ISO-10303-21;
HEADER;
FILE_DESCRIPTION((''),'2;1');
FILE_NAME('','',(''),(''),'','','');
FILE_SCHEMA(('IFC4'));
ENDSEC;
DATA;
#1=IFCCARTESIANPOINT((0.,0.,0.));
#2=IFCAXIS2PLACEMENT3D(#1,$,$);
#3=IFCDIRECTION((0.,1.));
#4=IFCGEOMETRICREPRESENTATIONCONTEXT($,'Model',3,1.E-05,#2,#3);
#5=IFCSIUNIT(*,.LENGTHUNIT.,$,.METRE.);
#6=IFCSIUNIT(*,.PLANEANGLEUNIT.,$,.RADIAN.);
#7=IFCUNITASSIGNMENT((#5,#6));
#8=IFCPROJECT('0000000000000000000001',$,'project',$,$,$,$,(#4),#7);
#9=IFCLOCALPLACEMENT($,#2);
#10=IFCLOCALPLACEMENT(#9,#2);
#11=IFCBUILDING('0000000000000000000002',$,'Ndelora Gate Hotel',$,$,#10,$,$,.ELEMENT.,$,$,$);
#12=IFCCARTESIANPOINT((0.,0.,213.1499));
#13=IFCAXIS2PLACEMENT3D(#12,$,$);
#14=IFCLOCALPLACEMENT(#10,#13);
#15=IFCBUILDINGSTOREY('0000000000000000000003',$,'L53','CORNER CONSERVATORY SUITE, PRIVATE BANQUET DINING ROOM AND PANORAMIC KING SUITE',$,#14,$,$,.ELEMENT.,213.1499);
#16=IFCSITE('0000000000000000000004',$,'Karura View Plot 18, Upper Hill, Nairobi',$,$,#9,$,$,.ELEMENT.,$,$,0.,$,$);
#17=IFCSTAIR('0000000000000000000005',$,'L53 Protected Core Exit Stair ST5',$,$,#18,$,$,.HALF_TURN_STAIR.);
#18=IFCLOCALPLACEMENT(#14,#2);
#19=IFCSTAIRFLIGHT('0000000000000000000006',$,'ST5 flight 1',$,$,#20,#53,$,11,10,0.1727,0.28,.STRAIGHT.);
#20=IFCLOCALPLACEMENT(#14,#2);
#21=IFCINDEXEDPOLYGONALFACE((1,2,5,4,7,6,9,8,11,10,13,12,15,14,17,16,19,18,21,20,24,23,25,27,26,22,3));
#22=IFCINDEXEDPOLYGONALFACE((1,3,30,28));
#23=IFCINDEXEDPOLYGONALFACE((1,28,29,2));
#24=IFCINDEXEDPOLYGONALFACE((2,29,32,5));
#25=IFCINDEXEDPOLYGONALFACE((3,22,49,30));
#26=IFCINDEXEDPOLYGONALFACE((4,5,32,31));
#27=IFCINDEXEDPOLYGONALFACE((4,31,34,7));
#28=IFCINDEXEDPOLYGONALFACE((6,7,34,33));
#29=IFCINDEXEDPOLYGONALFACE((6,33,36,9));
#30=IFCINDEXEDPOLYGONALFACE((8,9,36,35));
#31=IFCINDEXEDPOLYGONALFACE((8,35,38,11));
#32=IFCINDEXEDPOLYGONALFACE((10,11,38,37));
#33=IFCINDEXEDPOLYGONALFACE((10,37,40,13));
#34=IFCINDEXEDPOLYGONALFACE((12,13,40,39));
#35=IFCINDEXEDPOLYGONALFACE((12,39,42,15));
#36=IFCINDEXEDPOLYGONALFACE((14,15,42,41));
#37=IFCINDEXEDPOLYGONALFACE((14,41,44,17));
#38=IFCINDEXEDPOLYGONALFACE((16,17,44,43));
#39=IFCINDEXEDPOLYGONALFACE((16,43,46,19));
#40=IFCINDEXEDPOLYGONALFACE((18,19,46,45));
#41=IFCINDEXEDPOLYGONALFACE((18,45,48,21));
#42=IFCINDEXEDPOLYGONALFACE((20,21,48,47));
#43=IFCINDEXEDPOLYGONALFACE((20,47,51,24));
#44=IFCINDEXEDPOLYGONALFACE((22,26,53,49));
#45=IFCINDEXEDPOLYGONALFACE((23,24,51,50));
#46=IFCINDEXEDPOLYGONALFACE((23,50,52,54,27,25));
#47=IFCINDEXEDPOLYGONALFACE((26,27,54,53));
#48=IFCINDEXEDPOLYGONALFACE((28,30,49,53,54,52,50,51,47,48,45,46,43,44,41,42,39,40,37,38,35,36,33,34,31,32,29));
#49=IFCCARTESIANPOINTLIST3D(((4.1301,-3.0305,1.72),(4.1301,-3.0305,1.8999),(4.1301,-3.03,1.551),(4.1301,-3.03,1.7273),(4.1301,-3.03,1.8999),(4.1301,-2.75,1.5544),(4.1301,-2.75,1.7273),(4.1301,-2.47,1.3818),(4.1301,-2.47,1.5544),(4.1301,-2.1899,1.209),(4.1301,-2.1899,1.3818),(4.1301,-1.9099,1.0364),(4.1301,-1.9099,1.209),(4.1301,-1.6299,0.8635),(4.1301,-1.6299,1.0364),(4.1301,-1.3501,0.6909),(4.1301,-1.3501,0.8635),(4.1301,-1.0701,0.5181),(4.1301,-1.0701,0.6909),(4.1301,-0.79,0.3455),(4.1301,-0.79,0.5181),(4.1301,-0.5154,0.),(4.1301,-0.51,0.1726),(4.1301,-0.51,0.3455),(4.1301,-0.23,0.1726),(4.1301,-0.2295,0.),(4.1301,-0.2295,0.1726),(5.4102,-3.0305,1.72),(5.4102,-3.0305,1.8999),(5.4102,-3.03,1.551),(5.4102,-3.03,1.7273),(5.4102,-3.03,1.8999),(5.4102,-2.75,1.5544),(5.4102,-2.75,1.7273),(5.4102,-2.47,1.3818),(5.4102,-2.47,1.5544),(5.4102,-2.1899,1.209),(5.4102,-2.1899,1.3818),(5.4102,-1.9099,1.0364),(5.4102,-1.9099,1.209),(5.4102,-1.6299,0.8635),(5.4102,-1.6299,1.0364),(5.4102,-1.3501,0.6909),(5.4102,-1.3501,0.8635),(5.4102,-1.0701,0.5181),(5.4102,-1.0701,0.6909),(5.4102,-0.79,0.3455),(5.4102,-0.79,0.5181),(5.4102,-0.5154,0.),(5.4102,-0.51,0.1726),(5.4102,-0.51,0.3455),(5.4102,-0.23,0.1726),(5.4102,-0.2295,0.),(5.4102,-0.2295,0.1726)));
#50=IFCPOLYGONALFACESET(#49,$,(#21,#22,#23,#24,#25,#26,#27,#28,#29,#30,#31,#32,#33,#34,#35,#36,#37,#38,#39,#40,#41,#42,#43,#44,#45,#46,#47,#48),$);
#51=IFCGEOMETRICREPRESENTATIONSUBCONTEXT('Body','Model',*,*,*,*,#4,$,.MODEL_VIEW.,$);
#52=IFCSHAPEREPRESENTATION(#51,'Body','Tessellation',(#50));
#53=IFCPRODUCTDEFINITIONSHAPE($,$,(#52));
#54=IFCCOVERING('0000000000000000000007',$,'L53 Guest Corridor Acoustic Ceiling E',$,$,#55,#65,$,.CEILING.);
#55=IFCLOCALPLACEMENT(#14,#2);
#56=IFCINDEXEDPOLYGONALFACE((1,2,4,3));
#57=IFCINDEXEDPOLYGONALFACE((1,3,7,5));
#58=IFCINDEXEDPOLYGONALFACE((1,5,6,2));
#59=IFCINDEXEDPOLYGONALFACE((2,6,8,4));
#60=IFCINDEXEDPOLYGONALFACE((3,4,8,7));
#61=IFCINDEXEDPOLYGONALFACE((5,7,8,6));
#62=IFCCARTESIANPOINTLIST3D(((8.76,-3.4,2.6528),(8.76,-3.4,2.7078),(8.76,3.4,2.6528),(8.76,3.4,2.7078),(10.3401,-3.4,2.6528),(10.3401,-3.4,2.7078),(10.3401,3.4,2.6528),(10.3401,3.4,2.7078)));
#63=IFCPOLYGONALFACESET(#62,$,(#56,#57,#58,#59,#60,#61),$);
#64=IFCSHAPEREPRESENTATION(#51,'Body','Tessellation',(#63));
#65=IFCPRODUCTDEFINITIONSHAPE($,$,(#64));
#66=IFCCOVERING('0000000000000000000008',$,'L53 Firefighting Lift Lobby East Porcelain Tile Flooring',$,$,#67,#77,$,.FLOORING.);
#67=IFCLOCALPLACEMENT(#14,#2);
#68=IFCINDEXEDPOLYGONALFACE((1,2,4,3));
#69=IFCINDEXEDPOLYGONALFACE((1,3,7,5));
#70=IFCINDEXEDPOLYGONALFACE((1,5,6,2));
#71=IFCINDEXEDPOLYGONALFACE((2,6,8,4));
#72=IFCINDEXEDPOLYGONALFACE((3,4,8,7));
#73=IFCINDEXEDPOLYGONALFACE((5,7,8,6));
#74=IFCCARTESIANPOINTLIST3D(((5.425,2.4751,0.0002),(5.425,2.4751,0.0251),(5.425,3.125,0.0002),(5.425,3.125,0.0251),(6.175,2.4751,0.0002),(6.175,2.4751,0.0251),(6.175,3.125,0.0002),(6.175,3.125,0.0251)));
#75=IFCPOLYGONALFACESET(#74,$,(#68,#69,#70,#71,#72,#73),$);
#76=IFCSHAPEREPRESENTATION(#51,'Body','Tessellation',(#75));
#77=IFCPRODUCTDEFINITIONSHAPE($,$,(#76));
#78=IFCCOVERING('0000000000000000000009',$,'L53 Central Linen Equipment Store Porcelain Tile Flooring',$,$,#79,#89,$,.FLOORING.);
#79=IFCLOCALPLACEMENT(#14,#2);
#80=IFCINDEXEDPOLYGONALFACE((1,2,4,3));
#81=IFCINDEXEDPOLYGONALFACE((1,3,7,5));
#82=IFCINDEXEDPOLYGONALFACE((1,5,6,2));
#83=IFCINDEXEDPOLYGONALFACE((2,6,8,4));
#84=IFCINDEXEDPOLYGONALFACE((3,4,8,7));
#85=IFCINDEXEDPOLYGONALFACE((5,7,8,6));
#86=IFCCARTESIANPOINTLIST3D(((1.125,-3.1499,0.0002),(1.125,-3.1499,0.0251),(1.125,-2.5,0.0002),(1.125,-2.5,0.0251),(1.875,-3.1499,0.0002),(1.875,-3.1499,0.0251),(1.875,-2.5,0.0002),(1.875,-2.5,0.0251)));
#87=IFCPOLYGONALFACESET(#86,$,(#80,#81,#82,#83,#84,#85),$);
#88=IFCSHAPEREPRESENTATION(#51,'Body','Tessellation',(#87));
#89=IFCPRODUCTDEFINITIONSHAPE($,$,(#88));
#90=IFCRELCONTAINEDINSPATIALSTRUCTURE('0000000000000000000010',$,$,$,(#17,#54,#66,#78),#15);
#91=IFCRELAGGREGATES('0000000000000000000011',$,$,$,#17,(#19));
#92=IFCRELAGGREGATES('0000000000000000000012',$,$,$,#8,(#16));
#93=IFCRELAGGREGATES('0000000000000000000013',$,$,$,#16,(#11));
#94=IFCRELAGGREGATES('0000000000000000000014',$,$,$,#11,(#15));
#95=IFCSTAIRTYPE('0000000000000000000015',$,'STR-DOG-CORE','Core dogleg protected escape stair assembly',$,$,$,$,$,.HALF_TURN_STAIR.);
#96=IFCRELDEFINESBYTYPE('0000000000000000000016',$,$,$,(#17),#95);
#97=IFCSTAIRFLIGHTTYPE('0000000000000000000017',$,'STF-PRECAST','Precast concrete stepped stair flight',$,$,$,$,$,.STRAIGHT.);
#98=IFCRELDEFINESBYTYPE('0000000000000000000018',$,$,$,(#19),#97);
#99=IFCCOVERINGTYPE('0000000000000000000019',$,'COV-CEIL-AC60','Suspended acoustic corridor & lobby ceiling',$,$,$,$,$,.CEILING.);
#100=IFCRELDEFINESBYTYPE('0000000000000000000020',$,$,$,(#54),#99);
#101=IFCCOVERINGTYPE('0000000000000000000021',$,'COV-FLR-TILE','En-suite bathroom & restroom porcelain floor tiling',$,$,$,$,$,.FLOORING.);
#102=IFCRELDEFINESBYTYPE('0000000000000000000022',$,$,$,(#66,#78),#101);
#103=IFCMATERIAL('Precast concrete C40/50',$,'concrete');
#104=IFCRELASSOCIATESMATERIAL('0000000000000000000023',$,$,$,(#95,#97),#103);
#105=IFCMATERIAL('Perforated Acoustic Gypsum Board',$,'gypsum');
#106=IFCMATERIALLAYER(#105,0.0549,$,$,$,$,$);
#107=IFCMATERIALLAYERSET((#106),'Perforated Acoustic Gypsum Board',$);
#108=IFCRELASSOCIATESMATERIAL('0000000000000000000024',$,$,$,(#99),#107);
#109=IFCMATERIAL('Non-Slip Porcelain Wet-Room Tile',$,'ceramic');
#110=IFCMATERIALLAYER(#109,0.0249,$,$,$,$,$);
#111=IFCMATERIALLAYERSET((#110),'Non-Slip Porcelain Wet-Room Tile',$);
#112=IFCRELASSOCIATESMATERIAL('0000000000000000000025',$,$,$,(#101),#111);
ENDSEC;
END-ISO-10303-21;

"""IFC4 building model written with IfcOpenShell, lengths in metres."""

from ifc_helpers import new_model, si_unit, direction, frame, origin, origin_2d, place, context, subcontext, project, spatial, polyline, rectangle, outline, extrude, material, layer, layer_set, type_object, element, aggregate, save


model = new_model("IFC4")

# Units and contexts
model_context = context("Model", 3, precision=1e-05, world=origin(), true_north=direction((0.0, 1.0)))
body_context = subcontext(model_context, "Body", "Model", "MODEL_VIEW")
ifc_project = project(units=[si_unit("LENGTHUNIT", "METRE"), si_unit("PLANEANGLEUNIT", "RADIAN")], contexts=[model_context])

# Site, building, storey
site_placement = place(None, origin())
site = spatial("IfcSite", under=ifc_project, at=site_placement, Name="Karura View Plot 18, Upper Hill, Nairobi", CompositionType="ELEMENT", RefElevation=0.0)
building_placement = place(site_placement, origin())
building = spatial("IfcBuilding", under=site, at=building_placement, Name="Ndelora Gate Hotel", CompositionType="ELEMENT")
storey_placement = place(building_placement, frame((0.0, 0.0, 213.1499)))
storey = spatial("IfcBuildingStorey", under=building, at=storey_placement, Name="L53", Description="CORNER CONSERVATORY SUITE, PRIVATE BANQUET DINING ROOM AND PANORAMIC KING SUITE", CompositionType="ELEMENT", Elevation=213.1499)

# Stair, stair flight
ifc_material_1 = material(Name="Precast concrete C40/50", Category="concrete")
stair_type = type_object("IfcStairType", Name="STR-DOG-CORE", Description="Core dogleg protected escape stair assembly", PredefinedType="HALF_TURN_STAIR", material=ifc_material_1)
stair_placement = place(storey_placement, origin())
stair = element("IfcStair", 1, at=stair_placement, inside=storey, type_object=stair_type, Name="L53 Protected Core Exit Stair ST5", PredefinedType="HALF_TURN_STAIR")
stair_flight_type = type_object("IfcStairFlightType", Name="STF-PRECAST", Description="Precast concrete stepped stair flight", PredefinedType="STRAIGHT", material=ifc_material_1)
stair_flight_placement = place(storey_placement, frame((4.77, -0.23, 0.0), z_axis=(0.0, 0.0, 1.0), x_axis=(0.0, -1.0, 0.0)))
stair_flight = element("IfcStairFlight", 2, at=stair_flight_placement, type_object=stair_flight_type, Name="ST5 flight 1", NumberOfRisers=11, NumberOfTreads=10, PredefinedType="STRAIGHT", RiserHeight=0.1727, TreadLength=0.28, context=body_context, shape_type="SweptSolid", body=[
    extrude(outline(polyline([(-0.0005, 0.0), (-0.0005, 0.1726), (0.0, 0.1726), (0.28, 0.1726), (0.28, 0.3455), (0.5601, 0.3455), (0.5601, 0.5181), (0.8401, 0.5181), (0.8401, 0.6909), (1.1201, 0.6909), (1.1201, 0.8635), (1.3999, 0.8635), (1.3999, 1.0364), (1.6799, 1.0364), (1.6799, 1.209), (1.96, 1.209), (1.96, 1.3818), (2.24, 1.3818), (2.24, 1.5544), (2.52, 1.5544), (2.52, 1.7273), (2.8, 1.7273), (2.8, 1.8999), (2.8005, 1.8999), (2.8005, 1.72), (2.8, 1.551), (0.2854, 0.0), (-0.0005, 0.0)])), frame((0.0, 0.6401, 0.0), z_axis=(0.0, -1.0, 0.0), x_axis=(1.0, 0.0, 0.0)), (0.0, 0.0, 1.0), 1.28),
])
aggregate(stair, [stair_flight])

# Coverings
ifc_material_2 = material(Name="Perforated Acoustic Gypsum Board", Category="gypsum")
ifc_layer_1 = layer(ifc_material_2, 0.0549)
ifc_layer_set_1 = layer_set([ifc_layer_1], Name="Perforated Acoustic Gypsum Board")
covering_type_1 = type_object("IfcCoveringType", Name="COV-CEIL-AC60", Description="Suspended acoustic corridor & lobby ceiling", PredefinedType="CEILING", material=ifc_layer_set_1)
covering_placement = place(storey_placement, frame((9.55, 0.0, 2.6528), z_axis=(0.0, 0.0, 1.0), x_axis=(1.0, 0.0, 0.0)))
element("IfcCovering", 3, at=covering_placement, inside=storey, type_object=covering_type_1, Name="L53 Guest Corridor Acoustic Ceiling E", PredefinedType="CEILING", context=body_context, shape_type="SweptSolid", body=[
    extrude(rectangle(XDim=1.5801, YDim=6.8, at=origin_2d()), origin(), (0.0, 0.0, 1.0), 0.0549),
])
ifc_material_3 = material(Name="Non-Slip Porcelain Wet-Room Tile", Category="ceramic")
ifc_layer_2 = layer(ifc_material_3, 0.0249)
ifc_layer_set_2 = layer_set([ifc_layer_2], Name="Non-Slip Porcelain Wet-Room Tile")
covering_type_2 = type_object("IfcCoveringType", Name="COV-FLR-TILE", Description="En-suite bathroom & restroom porcelain floor tiling", PredefinedType="FLOORING", material=ifc_layer_set_2)
for number, where, z_axis, x_axis, name in (
    (4, (5.8, 2.8, 0.0002), (0.0, 0.0, 1.0), (1.0, 0.0, 0.0), "L53 Firefighting Lift Lobby East Porcelain Tile Flooring"),
    (5, (1.5, -2.825, 0.0002), (0.0, 0.0, 1.0), (1.0, 0.0, 0.0), "L53 Central Linen Equipment Store Porcelain Tile Flooring"),
):
    element("IfcCovering", number, at=place(storey_placement, frame(where, z_axis=z_axis, x_axis=x_axis)), inside=storey, type_object=covering_type_2, Name=name, PredefinedType="FLOORING", context=body_context, shape_type="SweptSolid", body=[
        extrude(rectangle(XDim=0.75, YDim=0.6499, at=origin_2d()), origin(), (0.0, 0.0, 1.0), 0.0249),
    ])

save(model, "model.ifc")
